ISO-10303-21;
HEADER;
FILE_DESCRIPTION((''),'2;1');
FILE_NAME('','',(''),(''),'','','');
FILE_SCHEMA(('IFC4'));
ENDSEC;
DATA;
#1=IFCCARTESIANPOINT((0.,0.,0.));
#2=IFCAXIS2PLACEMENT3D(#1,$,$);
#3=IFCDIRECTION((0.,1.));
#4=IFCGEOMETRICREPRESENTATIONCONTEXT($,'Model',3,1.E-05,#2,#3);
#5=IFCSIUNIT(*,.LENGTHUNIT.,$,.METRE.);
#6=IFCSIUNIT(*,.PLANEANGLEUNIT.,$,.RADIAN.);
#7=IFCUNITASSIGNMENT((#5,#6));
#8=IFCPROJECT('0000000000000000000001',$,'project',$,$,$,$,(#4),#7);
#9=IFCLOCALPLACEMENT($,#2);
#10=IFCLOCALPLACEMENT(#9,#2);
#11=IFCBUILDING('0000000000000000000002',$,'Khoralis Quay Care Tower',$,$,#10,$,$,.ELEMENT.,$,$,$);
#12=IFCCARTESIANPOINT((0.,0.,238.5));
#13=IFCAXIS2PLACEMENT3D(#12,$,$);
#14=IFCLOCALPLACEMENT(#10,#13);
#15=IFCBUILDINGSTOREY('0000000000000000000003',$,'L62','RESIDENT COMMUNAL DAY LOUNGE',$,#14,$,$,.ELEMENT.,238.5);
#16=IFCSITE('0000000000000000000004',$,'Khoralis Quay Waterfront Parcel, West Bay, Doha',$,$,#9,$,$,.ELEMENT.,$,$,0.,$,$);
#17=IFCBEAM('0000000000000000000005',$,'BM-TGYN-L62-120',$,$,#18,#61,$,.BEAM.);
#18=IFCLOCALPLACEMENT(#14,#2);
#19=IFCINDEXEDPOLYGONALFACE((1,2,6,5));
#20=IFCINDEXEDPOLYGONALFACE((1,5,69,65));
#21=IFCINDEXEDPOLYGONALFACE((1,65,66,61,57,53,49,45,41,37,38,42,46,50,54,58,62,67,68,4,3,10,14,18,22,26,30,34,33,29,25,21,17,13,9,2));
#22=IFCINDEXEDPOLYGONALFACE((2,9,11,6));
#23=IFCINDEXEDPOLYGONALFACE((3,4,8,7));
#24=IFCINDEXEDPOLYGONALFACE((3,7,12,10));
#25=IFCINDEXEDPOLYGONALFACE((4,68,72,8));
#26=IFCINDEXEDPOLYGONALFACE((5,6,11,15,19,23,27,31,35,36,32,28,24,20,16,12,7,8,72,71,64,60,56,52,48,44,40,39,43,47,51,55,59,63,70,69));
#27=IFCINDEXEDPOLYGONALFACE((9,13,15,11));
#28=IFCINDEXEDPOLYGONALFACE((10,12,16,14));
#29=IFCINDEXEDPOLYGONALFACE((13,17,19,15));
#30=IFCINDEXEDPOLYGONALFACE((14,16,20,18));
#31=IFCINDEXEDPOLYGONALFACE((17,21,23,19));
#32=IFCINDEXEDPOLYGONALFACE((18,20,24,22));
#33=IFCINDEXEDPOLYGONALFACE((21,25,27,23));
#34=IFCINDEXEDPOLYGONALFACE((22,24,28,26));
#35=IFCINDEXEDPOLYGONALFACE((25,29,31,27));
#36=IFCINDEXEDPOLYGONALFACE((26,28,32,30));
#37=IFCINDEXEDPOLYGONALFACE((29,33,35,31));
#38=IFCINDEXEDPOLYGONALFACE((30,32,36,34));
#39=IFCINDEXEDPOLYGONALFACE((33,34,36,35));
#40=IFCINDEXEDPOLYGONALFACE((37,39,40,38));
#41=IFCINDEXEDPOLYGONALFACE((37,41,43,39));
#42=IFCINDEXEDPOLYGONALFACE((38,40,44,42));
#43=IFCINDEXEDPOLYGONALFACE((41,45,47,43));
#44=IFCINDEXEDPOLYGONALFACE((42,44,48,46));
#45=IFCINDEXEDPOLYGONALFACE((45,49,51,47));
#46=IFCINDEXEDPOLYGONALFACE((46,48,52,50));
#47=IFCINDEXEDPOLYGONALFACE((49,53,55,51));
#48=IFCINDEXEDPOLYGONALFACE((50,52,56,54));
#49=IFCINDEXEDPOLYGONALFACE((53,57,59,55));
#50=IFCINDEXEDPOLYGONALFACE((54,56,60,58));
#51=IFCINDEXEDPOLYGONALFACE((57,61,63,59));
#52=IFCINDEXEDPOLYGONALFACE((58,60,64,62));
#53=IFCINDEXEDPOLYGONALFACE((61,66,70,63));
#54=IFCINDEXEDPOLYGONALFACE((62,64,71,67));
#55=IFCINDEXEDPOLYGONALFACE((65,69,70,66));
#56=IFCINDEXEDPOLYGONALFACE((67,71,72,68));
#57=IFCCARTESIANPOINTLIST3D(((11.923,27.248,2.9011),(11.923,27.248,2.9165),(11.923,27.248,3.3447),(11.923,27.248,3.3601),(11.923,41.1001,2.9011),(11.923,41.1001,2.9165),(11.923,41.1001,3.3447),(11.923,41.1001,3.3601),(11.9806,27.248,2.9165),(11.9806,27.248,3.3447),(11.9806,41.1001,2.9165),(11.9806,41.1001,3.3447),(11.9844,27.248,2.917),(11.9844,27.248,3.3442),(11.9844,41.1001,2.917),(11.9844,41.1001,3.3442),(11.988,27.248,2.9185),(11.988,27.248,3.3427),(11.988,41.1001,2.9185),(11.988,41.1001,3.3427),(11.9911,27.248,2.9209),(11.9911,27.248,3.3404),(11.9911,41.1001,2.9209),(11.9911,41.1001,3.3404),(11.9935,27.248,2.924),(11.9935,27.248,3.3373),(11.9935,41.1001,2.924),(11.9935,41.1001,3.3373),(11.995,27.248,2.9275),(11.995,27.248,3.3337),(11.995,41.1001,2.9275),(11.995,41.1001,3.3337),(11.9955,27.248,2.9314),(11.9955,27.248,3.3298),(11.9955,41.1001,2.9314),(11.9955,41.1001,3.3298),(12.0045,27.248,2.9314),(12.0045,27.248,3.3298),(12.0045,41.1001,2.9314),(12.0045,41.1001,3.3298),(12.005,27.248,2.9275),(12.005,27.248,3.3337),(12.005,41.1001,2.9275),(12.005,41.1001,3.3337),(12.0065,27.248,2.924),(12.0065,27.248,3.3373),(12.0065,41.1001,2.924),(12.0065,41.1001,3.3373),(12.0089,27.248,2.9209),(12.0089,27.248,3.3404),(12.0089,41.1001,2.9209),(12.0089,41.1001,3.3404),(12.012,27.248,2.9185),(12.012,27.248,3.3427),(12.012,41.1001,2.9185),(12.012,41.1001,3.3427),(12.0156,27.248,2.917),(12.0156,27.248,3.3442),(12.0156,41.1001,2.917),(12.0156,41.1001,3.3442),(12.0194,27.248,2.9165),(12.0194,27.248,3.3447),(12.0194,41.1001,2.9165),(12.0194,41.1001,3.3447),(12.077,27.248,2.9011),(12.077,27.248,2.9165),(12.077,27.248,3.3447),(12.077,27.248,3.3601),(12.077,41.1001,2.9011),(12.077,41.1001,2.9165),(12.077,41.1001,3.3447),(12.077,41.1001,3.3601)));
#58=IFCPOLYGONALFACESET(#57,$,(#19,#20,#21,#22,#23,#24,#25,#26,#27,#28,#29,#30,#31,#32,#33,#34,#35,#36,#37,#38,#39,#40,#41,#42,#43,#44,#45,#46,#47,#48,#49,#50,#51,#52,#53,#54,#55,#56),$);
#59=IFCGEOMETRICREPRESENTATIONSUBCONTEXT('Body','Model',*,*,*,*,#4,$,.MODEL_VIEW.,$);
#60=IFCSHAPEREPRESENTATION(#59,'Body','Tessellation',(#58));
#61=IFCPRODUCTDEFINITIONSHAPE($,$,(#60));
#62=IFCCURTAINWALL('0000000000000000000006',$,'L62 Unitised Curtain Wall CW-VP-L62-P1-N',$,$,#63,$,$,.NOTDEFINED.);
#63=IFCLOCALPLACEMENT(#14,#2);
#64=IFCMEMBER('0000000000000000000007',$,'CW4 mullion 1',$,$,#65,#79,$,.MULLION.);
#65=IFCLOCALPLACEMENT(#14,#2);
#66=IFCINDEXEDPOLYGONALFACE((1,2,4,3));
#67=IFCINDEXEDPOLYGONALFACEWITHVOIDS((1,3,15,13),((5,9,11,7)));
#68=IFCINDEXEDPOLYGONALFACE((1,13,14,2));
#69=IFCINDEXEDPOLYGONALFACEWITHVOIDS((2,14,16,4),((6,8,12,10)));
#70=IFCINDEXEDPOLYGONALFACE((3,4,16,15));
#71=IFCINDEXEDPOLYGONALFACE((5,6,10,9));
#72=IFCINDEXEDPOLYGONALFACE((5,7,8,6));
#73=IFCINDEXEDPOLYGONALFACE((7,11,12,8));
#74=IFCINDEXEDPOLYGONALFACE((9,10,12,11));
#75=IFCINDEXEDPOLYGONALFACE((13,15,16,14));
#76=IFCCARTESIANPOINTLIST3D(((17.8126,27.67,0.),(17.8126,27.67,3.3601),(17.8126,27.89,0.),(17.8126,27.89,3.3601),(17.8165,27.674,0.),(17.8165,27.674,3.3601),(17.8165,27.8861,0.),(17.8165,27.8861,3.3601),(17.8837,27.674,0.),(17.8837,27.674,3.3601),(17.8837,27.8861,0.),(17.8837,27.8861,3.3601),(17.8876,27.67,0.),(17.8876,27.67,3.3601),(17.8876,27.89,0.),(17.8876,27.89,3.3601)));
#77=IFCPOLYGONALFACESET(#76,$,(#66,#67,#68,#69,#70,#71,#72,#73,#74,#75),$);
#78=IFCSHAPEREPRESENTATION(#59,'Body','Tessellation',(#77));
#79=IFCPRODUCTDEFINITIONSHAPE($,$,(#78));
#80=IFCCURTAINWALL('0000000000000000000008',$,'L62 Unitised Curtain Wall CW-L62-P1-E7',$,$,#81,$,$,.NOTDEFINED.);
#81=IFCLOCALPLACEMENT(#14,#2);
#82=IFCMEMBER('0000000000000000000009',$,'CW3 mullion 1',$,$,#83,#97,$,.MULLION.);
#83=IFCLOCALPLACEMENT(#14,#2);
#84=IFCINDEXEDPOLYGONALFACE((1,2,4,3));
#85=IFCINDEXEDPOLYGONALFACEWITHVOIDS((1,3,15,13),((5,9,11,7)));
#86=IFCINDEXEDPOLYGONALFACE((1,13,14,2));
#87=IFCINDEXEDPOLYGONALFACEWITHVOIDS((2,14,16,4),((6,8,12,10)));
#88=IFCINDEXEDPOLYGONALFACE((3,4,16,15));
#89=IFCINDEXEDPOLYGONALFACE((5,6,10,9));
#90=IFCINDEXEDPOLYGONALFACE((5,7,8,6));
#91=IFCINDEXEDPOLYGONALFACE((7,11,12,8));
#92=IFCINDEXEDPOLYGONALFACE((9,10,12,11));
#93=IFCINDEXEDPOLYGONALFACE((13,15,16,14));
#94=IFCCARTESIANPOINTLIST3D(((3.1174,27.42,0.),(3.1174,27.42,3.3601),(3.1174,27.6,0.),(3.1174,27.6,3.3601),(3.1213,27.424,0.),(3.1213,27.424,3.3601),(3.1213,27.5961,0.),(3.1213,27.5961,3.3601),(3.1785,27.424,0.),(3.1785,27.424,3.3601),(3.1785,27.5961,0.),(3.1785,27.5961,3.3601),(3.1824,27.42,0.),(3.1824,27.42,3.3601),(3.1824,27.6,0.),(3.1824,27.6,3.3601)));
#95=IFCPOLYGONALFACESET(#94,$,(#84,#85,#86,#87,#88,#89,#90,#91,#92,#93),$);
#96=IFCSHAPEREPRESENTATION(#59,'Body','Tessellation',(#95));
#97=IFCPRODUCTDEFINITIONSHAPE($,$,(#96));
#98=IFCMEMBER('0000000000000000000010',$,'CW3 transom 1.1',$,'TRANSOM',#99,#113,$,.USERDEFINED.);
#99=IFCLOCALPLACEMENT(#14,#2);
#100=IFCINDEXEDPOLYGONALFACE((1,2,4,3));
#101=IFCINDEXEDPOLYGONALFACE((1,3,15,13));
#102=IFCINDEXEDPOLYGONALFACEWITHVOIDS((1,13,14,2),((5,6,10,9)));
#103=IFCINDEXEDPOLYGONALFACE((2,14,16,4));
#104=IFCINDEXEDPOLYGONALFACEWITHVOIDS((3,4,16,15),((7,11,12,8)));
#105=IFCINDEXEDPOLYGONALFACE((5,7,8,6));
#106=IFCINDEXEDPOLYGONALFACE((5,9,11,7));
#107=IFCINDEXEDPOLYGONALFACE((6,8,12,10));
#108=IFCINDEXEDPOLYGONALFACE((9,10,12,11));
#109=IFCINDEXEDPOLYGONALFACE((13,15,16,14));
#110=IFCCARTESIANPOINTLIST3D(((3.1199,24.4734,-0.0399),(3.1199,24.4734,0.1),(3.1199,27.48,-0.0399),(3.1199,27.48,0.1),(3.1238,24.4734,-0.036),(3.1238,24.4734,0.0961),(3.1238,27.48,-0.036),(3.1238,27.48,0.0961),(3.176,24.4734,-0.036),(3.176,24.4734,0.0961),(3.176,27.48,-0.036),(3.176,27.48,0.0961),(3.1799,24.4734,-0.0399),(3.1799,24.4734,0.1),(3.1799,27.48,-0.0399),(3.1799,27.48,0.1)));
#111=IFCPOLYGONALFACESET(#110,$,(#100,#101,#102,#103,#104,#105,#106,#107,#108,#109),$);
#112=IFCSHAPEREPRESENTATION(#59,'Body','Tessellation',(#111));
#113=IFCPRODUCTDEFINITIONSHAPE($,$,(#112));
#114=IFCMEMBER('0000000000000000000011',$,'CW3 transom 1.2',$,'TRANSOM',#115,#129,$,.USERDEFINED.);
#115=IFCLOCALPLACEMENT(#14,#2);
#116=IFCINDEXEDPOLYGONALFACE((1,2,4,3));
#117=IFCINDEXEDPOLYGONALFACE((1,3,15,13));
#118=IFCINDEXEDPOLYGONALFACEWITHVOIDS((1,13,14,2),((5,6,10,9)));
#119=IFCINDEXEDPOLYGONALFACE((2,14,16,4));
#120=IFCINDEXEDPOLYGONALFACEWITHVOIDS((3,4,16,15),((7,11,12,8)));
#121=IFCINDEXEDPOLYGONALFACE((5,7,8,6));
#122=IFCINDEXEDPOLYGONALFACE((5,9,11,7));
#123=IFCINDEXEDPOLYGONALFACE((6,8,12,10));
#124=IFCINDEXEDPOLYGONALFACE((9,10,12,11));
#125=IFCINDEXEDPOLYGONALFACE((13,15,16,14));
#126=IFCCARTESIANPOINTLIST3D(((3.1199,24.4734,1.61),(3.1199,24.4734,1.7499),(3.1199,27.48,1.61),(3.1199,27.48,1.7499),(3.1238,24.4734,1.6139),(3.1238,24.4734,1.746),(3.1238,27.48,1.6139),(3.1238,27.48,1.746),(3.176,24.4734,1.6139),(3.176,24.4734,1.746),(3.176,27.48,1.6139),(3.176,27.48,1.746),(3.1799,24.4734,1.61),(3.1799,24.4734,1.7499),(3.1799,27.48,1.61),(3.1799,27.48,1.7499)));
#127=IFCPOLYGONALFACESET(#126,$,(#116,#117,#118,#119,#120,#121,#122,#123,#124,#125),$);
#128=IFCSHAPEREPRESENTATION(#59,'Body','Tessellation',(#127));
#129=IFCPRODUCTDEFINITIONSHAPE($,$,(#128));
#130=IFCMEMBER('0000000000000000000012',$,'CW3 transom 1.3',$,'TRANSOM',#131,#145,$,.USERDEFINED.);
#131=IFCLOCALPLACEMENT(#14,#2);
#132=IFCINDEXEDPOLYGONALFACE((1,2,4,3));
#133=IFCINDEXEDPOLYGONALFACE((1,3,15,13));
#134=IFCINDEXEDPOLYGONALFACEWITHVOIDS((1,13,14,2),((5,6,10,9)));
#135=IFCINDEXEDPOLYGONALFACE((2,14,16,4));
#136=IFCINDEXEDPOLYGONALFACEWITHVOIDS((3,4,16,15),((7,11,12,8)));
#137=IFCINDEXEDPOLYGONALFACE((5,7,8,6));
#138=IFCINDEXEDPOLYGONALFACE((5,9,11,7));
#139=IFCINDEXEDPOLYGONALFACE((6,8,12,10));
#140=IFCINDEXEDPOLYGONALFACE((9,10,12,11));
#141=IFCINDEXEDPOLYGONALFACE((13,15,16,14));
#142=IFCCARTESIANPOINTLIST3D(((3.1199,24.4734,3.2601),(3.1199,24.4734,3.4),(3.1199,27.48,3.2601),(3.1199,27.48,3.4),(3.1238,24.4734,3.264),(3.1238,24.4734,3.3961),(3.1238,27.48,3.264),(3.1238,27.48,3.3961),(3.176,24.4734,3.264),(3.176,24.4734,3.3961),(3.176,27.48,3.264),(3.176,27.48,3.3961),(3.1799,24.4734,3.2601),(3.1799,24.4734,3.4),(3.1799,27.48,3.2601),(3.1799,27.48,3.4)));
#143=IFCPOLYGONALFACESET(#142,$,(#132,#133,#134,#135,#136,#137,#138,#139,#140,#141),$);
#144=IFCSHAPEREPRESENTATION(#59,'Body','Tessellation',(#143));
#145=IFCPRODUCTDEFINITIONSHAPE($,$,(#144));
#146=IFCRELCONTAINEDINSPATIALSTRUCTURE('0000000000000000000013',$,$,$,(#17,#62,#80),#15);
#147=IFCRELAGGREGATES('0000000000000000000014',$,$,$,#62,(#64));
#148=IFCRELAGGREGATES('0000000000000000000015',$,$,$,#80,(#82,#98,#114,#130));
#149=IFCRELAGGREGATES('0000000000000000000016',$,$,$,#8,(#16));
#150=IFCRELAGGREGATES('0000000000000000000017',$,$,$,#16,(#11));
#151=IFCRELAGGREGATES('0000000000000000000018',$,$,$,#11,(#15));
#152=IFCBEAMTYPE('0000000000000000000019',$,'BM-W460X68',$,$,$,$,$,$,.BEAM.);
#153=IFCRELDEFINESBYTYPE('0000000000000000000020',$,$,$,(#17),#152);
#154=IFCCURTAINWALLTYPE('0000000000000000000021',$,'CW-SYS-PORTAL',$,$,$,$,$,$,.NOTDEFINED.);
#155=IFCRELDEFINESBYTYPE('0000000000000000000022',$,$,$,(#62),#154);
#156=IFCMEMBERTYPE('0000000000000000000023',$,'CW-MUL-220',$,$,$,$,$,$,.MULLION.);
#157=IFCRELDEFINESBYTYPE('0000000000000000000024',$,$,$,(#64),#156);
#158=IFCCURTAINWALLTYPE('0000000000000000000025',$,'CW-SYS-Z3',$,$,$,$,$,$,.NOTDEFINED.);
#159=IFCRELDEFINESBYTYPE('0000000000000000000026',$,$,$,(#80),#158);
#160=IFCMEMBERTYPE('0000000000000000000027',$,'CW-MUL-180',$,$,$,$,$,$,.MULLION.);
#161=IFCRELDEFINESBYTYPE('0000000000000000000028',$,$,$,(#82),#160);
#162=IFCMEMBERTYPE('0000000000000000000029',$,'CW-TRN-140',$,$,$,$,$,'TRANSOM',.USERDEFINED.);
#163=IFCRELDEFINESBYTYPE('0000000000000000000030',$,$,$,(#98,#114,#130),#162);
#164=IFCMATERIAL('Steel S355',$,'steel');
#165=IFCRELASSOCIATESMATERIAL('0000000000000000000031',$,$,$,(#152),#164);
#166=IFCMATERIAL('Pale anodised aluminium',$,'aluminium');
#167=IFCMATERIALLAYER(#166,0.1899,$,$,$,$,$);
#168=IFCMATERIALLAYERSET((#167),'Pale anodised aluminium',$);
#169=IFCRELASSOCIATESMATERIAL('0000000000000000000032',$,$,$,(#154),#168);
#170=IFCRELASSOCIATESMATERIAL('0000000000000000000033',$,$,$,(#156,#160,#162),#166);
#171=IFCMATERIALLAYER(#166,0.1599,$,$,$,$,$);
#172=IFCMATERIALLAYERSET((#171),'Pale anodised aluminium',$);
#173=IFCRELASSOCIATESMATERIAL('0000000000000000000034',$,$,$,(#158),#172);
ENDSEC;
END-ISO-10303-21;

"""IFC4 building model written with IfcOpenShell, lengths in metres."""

from ifc_helpers import new_model, si_unit, direction, frame, origin, origin_2d, place, context, subcontext, project, spatial, hollow_rectangle, i_section, extrude, source, transform, mapped, material, layer, layer_set, material_profile, profile_set, type_object, element, aggregate, save


model = new_model("IFC4")

# Units and contexts
model_context = context("Model", 3, precision=1e-05, world=origin(), true_north=direction((0.0, 1.0)))
body_context = subcontext(model_context, "Body", "Model", "MODEL_VIEW")
ifc_project = project(units=[si_unit("LENGTHUNIT", "METRE"), si_unit("PLANEANGLEUNIT", "RADIAN")], contexts=[model_context])

# Site, building, storey
site_placement = place(None, origin())
site = spatial("IfcSite", under=ifc_project, at=site_placement, Name="Khoralis Quay Waterfront Parcel, West Bay, Doha", CompositionType="ELEMENT", RefElevation=0.0)
building_placement = place(site_placement, origin())
building = spatial("IfcBuilding", under=site, at=building_placement, Name="Khoralis Quay Care Tower", CompositionType="ELEMENT")
storey_placement = place(building_placement, frame((0.0, 0.0, 238.5)))
storey = spatial("IfcBuildingStorey", under=building, at=storey_placement, Name="L62", Description="RESIDENT COMMUNAL DAY LOUNGE", CompositionType="ELEMENT", Elevation=238.5)

# Beam
ifc_material_1 = material(Name="Steel S355", Category="steel")
ifc_material_profile_1 = material_profile(ifc_material_1, i_section(OverallWidth=0.1541, OverallDepth=0.459, WebThickness=0.009, FlangeThickness=0.0154, FilletRadius=0.0149, at=origin_2d()), Name="Steel S355")
ifc_profile_set_1 = profile_set([ifc_material_profile_1], Name="Steel S355")
beam_type_1 = type_object("IfcBeamType", Name="BM-W460X68", PredefinedType="BEAM", material=ifc_profile_set_1)
shared_shape_1 = source(origin(), body_context, "Body", "SweptSolid", [
    extrude(i_section(OverallWidth=0.1541, OverallDepth=0.459, WebThickness=0.009, FlangeThickness=0.0154, FilletRadius=0.0149, at=origin_2d()), origin(), (0.0, 0.0, 1.0), 13.8521),
])
beam_1_placement = place(storey_placement, frame((12.0, 27.248, 3.1306), z_axis=(0.0, 1.0, 0.0), x_axis=(-1.0, 0.0, 0.0)))
element("IfcBeam", 1, at=beam_1_placement, inside=storey, type_object=beam_type_1, Name="BM-TGYN-L62-120", PredefinedType="BEAM", context=body_context, shape_type="MappedRepresentation", body=[
    mapped(shared_shape_1, transform((0.0, 0.0, 0.0), scale=1.0)),
])

# Curtain wall, member
ifc_material_2 = material(Name="Pale anodised aluminium", Category="aluminium")
ifc_layer_1 = layer(ifc_material_2, 0.1899)
ifc_layer_set_1 = layer_set([ifc_layer_1], Name="Pale anodised aluminium")
curtain_wall_type_1 = type_object("IfcCurtainWallType", Name="CW-SYS-PORTAL", PredefinedType="NOTDEFINED", material=ifc_layer_set_1)
curtain_wall_1_placement = place(storey_placement, origin())
curtain_wall_1 = element("IfcCurtainWall", 2, at=curtain_wall_1_placement, inside=storey, type_object=curtain_wall_type_1, Name="L62 Unitised Curtain Wall CW-VP-L62-P1-N", PredefinedType="NOTDEFINED")
ifc_material_profile_2 = material_profile(ifc_material_2, hollow_rectangle(XDim=0.075, YDim=0.22, WallThickness=0.0039, at=origin_2d()), Name="Pale anodised aluminium")
ifc_profile_set_2 = profile_set([ifc_material_profile_2], Name="Pale anodised aluminium")
member_type_1 = type_object("IfcMemberType", Name="CW-MUL-220", PredefinedType="MULLION", material=ifc_profile_set_2)
shared_shape_2 = source(origin(), body_context, "Body", "SweptSolid", [
    extrude(hollow_rectangle(XDim=0.075, YDim=0.22, WallThickness=0.0039, at=origin_2d()), origin(), (0.0, 0.0, 1.0), 3.3601),
])
member_1_placement = place(storey_placement, frame((17.8501, 27.78, 0.0), z_axis=(0.0, 0.0, 1.0), x_axis=(-1.0, 0.0, 0.0)))
member_1 = element("IfcMember", 3, at=member_1_placement, type_object=member_type_1, Name="CW4 mullion 1", PredefinedType="MULLION", context=body_context, shape_type="MappedRepresentation", body=[
    mapped(shared_shape_2, transform((0.0, 0.0, 0.0), scale=1.0)),
])
aggregate(curtain_wall_1, [member_1])

# Curtain wall, members
ifc_layer_2 = layer(ifc_material_2, 0.1599)
ifc_layer_set_2 = layer_set([ifc_layer_2], Name="Pale anodised aluminium")
curtain_wall_type_2 = type_object("IfcCurtainWallType", Name="CW-SYS-Z3", PredefinedType="NOTDEFINED", material=ifc_layer_set_2)
curtain_wall_2_placement = place(storey_placement, origin())
curtain_wall_2 = element("IfcCurtainWall", 4, at=curtain_wall_2_placement, inside=storey, type_object=curtain_wall_type_2, Name="L62 Unitised Curtain Wall CW-L62-P1-E7", PredefinedType="NOTDEFINED")
ifc_material_profile_3 = material_profile(ifc_material_2, hollow_rectangle(XDim=0.0649, YDim=0.1799, WallThickness=0.0039, at=origin_2d()), Name="Pale anodised aluminium")
ifc_profile_set_3 = profile_set([ifc_material_profile_3], Name="Pale anodised aluminium")
member_type_2 = type_object("IfcMemberType", Name="CW-MUL-180", PredefinedType="MULLION", material=ifc_profile_set_3)
shared_shape_3 = source(origin(), body_context, "Body", "SweptSolid", [
    extrude(hollow_rectangle(XDim=0.0649, YDim=0.1799, WallThickness=0.0039, at=origin_2d()), origin(), (0.0, 0.0, 1.0), 3.3601),
])
member_2_placement = place(storey_placement, frame((3.1499, 27.51, 0.0), z_axis=(0.0, 0.0, 1.0), x_axis=(1.0, 0.0, 0.0)))
member_2 = element("IfcMember", 5, at=member_2_placement, type_object=member_type_2, Name="CW3 mullion 1", PredefinedType="MULLION", context=body_context, shape_type="MappedRepresentation", body=[
    mapped(shared_shape_3, transform((0.0, 0.0, 0.0), scale=1.0)),
])
ifc_material_profile_4 = material_profile(ifc_material_2, hollow_rectangle(XDim=0.0601, YDim=0.1399, WallThickness=0.0039, at=origin_2d()), Name="Pale anodised aluminium")
ifc_profile_set_4 = profile_set([ifc_material_profile_4], Name="Pale anodised aluminium")
member_type_3 = type_object("IfcMemberType", Name="CW-TRN-140", ElementType="TRANSOM", PredefinedType="USERDEFINED", material=ifc_profile_set_4)
shared_shape_4 = source(origin(), body_context, "Body", "SweptSolid", [
    extrude(hollow_rectangle(XDim=0.0601, YDim=0.1399, WallThickness=0.0039, at=origin_2d()), origin(), (0.0, 0.0, 1.0), 3.0066),
])
member_3_placement = place(storey_placement, frame((3.1499, 27.48, 0.03), z_axis=(0.0, -1.0, 0.0), x_axis=(1.0, 0.0, 0.0)))
member_3 = element("IfcMember", 6, at=member_3_placement, type_object=member_type_3, Name="CW3 transom 1.1", ObjectType="TRANSOM", PredefinedType="USERDEFINED", context=body_context, shape_type="MappedRepresentation", body=[
    mapped(shared_shape_4, transform((0.0, 0.0, 0.0), scale=1.0)),
])
member_4_placement = place(storey_placement, frame((3.1499, 27.48, 1.6799), z_axis=(0.0, -1.0, 0.0), x_axis=(1.0, 0.0, 0.0)))
member_4 = element("IfcMember", 7, at=member_4_placement, type_object=member_type_3, Name="CW3 transom 1.2", ObjectType="TRANSOM", PredefinedType="USERDEFINED", context=body_context, shape_type="MappedRepresentation", body=[
    mapped(shared_shape_4, transform((0.0, 0.0, 0.0), scale=1.0)),
])
member_5_placement = place(storey_placement, frame((3.1499, 27.48, 3.3301), z_axis=(0.0, -1.0, 0.0), x_axis=(1.0, 0.0, 0.0)))
member_5 = element("IfcMember", 8, at=member_5_placement, type_object=member_type_3, Name="CW3 transom 1.3", ObjectType="TRANSOM", PredefinedType="USERDEFINED", context=body_context, shape_type="MappedRepresentation", body=[
    mapped(shared_shape_4, transform((0.0, 0.0, 0.0), scale=1.0)),
])
aggregate(curtain_wall_2, [member_2, member_3, member_4, member_5])

save(model, "model.ifc")
